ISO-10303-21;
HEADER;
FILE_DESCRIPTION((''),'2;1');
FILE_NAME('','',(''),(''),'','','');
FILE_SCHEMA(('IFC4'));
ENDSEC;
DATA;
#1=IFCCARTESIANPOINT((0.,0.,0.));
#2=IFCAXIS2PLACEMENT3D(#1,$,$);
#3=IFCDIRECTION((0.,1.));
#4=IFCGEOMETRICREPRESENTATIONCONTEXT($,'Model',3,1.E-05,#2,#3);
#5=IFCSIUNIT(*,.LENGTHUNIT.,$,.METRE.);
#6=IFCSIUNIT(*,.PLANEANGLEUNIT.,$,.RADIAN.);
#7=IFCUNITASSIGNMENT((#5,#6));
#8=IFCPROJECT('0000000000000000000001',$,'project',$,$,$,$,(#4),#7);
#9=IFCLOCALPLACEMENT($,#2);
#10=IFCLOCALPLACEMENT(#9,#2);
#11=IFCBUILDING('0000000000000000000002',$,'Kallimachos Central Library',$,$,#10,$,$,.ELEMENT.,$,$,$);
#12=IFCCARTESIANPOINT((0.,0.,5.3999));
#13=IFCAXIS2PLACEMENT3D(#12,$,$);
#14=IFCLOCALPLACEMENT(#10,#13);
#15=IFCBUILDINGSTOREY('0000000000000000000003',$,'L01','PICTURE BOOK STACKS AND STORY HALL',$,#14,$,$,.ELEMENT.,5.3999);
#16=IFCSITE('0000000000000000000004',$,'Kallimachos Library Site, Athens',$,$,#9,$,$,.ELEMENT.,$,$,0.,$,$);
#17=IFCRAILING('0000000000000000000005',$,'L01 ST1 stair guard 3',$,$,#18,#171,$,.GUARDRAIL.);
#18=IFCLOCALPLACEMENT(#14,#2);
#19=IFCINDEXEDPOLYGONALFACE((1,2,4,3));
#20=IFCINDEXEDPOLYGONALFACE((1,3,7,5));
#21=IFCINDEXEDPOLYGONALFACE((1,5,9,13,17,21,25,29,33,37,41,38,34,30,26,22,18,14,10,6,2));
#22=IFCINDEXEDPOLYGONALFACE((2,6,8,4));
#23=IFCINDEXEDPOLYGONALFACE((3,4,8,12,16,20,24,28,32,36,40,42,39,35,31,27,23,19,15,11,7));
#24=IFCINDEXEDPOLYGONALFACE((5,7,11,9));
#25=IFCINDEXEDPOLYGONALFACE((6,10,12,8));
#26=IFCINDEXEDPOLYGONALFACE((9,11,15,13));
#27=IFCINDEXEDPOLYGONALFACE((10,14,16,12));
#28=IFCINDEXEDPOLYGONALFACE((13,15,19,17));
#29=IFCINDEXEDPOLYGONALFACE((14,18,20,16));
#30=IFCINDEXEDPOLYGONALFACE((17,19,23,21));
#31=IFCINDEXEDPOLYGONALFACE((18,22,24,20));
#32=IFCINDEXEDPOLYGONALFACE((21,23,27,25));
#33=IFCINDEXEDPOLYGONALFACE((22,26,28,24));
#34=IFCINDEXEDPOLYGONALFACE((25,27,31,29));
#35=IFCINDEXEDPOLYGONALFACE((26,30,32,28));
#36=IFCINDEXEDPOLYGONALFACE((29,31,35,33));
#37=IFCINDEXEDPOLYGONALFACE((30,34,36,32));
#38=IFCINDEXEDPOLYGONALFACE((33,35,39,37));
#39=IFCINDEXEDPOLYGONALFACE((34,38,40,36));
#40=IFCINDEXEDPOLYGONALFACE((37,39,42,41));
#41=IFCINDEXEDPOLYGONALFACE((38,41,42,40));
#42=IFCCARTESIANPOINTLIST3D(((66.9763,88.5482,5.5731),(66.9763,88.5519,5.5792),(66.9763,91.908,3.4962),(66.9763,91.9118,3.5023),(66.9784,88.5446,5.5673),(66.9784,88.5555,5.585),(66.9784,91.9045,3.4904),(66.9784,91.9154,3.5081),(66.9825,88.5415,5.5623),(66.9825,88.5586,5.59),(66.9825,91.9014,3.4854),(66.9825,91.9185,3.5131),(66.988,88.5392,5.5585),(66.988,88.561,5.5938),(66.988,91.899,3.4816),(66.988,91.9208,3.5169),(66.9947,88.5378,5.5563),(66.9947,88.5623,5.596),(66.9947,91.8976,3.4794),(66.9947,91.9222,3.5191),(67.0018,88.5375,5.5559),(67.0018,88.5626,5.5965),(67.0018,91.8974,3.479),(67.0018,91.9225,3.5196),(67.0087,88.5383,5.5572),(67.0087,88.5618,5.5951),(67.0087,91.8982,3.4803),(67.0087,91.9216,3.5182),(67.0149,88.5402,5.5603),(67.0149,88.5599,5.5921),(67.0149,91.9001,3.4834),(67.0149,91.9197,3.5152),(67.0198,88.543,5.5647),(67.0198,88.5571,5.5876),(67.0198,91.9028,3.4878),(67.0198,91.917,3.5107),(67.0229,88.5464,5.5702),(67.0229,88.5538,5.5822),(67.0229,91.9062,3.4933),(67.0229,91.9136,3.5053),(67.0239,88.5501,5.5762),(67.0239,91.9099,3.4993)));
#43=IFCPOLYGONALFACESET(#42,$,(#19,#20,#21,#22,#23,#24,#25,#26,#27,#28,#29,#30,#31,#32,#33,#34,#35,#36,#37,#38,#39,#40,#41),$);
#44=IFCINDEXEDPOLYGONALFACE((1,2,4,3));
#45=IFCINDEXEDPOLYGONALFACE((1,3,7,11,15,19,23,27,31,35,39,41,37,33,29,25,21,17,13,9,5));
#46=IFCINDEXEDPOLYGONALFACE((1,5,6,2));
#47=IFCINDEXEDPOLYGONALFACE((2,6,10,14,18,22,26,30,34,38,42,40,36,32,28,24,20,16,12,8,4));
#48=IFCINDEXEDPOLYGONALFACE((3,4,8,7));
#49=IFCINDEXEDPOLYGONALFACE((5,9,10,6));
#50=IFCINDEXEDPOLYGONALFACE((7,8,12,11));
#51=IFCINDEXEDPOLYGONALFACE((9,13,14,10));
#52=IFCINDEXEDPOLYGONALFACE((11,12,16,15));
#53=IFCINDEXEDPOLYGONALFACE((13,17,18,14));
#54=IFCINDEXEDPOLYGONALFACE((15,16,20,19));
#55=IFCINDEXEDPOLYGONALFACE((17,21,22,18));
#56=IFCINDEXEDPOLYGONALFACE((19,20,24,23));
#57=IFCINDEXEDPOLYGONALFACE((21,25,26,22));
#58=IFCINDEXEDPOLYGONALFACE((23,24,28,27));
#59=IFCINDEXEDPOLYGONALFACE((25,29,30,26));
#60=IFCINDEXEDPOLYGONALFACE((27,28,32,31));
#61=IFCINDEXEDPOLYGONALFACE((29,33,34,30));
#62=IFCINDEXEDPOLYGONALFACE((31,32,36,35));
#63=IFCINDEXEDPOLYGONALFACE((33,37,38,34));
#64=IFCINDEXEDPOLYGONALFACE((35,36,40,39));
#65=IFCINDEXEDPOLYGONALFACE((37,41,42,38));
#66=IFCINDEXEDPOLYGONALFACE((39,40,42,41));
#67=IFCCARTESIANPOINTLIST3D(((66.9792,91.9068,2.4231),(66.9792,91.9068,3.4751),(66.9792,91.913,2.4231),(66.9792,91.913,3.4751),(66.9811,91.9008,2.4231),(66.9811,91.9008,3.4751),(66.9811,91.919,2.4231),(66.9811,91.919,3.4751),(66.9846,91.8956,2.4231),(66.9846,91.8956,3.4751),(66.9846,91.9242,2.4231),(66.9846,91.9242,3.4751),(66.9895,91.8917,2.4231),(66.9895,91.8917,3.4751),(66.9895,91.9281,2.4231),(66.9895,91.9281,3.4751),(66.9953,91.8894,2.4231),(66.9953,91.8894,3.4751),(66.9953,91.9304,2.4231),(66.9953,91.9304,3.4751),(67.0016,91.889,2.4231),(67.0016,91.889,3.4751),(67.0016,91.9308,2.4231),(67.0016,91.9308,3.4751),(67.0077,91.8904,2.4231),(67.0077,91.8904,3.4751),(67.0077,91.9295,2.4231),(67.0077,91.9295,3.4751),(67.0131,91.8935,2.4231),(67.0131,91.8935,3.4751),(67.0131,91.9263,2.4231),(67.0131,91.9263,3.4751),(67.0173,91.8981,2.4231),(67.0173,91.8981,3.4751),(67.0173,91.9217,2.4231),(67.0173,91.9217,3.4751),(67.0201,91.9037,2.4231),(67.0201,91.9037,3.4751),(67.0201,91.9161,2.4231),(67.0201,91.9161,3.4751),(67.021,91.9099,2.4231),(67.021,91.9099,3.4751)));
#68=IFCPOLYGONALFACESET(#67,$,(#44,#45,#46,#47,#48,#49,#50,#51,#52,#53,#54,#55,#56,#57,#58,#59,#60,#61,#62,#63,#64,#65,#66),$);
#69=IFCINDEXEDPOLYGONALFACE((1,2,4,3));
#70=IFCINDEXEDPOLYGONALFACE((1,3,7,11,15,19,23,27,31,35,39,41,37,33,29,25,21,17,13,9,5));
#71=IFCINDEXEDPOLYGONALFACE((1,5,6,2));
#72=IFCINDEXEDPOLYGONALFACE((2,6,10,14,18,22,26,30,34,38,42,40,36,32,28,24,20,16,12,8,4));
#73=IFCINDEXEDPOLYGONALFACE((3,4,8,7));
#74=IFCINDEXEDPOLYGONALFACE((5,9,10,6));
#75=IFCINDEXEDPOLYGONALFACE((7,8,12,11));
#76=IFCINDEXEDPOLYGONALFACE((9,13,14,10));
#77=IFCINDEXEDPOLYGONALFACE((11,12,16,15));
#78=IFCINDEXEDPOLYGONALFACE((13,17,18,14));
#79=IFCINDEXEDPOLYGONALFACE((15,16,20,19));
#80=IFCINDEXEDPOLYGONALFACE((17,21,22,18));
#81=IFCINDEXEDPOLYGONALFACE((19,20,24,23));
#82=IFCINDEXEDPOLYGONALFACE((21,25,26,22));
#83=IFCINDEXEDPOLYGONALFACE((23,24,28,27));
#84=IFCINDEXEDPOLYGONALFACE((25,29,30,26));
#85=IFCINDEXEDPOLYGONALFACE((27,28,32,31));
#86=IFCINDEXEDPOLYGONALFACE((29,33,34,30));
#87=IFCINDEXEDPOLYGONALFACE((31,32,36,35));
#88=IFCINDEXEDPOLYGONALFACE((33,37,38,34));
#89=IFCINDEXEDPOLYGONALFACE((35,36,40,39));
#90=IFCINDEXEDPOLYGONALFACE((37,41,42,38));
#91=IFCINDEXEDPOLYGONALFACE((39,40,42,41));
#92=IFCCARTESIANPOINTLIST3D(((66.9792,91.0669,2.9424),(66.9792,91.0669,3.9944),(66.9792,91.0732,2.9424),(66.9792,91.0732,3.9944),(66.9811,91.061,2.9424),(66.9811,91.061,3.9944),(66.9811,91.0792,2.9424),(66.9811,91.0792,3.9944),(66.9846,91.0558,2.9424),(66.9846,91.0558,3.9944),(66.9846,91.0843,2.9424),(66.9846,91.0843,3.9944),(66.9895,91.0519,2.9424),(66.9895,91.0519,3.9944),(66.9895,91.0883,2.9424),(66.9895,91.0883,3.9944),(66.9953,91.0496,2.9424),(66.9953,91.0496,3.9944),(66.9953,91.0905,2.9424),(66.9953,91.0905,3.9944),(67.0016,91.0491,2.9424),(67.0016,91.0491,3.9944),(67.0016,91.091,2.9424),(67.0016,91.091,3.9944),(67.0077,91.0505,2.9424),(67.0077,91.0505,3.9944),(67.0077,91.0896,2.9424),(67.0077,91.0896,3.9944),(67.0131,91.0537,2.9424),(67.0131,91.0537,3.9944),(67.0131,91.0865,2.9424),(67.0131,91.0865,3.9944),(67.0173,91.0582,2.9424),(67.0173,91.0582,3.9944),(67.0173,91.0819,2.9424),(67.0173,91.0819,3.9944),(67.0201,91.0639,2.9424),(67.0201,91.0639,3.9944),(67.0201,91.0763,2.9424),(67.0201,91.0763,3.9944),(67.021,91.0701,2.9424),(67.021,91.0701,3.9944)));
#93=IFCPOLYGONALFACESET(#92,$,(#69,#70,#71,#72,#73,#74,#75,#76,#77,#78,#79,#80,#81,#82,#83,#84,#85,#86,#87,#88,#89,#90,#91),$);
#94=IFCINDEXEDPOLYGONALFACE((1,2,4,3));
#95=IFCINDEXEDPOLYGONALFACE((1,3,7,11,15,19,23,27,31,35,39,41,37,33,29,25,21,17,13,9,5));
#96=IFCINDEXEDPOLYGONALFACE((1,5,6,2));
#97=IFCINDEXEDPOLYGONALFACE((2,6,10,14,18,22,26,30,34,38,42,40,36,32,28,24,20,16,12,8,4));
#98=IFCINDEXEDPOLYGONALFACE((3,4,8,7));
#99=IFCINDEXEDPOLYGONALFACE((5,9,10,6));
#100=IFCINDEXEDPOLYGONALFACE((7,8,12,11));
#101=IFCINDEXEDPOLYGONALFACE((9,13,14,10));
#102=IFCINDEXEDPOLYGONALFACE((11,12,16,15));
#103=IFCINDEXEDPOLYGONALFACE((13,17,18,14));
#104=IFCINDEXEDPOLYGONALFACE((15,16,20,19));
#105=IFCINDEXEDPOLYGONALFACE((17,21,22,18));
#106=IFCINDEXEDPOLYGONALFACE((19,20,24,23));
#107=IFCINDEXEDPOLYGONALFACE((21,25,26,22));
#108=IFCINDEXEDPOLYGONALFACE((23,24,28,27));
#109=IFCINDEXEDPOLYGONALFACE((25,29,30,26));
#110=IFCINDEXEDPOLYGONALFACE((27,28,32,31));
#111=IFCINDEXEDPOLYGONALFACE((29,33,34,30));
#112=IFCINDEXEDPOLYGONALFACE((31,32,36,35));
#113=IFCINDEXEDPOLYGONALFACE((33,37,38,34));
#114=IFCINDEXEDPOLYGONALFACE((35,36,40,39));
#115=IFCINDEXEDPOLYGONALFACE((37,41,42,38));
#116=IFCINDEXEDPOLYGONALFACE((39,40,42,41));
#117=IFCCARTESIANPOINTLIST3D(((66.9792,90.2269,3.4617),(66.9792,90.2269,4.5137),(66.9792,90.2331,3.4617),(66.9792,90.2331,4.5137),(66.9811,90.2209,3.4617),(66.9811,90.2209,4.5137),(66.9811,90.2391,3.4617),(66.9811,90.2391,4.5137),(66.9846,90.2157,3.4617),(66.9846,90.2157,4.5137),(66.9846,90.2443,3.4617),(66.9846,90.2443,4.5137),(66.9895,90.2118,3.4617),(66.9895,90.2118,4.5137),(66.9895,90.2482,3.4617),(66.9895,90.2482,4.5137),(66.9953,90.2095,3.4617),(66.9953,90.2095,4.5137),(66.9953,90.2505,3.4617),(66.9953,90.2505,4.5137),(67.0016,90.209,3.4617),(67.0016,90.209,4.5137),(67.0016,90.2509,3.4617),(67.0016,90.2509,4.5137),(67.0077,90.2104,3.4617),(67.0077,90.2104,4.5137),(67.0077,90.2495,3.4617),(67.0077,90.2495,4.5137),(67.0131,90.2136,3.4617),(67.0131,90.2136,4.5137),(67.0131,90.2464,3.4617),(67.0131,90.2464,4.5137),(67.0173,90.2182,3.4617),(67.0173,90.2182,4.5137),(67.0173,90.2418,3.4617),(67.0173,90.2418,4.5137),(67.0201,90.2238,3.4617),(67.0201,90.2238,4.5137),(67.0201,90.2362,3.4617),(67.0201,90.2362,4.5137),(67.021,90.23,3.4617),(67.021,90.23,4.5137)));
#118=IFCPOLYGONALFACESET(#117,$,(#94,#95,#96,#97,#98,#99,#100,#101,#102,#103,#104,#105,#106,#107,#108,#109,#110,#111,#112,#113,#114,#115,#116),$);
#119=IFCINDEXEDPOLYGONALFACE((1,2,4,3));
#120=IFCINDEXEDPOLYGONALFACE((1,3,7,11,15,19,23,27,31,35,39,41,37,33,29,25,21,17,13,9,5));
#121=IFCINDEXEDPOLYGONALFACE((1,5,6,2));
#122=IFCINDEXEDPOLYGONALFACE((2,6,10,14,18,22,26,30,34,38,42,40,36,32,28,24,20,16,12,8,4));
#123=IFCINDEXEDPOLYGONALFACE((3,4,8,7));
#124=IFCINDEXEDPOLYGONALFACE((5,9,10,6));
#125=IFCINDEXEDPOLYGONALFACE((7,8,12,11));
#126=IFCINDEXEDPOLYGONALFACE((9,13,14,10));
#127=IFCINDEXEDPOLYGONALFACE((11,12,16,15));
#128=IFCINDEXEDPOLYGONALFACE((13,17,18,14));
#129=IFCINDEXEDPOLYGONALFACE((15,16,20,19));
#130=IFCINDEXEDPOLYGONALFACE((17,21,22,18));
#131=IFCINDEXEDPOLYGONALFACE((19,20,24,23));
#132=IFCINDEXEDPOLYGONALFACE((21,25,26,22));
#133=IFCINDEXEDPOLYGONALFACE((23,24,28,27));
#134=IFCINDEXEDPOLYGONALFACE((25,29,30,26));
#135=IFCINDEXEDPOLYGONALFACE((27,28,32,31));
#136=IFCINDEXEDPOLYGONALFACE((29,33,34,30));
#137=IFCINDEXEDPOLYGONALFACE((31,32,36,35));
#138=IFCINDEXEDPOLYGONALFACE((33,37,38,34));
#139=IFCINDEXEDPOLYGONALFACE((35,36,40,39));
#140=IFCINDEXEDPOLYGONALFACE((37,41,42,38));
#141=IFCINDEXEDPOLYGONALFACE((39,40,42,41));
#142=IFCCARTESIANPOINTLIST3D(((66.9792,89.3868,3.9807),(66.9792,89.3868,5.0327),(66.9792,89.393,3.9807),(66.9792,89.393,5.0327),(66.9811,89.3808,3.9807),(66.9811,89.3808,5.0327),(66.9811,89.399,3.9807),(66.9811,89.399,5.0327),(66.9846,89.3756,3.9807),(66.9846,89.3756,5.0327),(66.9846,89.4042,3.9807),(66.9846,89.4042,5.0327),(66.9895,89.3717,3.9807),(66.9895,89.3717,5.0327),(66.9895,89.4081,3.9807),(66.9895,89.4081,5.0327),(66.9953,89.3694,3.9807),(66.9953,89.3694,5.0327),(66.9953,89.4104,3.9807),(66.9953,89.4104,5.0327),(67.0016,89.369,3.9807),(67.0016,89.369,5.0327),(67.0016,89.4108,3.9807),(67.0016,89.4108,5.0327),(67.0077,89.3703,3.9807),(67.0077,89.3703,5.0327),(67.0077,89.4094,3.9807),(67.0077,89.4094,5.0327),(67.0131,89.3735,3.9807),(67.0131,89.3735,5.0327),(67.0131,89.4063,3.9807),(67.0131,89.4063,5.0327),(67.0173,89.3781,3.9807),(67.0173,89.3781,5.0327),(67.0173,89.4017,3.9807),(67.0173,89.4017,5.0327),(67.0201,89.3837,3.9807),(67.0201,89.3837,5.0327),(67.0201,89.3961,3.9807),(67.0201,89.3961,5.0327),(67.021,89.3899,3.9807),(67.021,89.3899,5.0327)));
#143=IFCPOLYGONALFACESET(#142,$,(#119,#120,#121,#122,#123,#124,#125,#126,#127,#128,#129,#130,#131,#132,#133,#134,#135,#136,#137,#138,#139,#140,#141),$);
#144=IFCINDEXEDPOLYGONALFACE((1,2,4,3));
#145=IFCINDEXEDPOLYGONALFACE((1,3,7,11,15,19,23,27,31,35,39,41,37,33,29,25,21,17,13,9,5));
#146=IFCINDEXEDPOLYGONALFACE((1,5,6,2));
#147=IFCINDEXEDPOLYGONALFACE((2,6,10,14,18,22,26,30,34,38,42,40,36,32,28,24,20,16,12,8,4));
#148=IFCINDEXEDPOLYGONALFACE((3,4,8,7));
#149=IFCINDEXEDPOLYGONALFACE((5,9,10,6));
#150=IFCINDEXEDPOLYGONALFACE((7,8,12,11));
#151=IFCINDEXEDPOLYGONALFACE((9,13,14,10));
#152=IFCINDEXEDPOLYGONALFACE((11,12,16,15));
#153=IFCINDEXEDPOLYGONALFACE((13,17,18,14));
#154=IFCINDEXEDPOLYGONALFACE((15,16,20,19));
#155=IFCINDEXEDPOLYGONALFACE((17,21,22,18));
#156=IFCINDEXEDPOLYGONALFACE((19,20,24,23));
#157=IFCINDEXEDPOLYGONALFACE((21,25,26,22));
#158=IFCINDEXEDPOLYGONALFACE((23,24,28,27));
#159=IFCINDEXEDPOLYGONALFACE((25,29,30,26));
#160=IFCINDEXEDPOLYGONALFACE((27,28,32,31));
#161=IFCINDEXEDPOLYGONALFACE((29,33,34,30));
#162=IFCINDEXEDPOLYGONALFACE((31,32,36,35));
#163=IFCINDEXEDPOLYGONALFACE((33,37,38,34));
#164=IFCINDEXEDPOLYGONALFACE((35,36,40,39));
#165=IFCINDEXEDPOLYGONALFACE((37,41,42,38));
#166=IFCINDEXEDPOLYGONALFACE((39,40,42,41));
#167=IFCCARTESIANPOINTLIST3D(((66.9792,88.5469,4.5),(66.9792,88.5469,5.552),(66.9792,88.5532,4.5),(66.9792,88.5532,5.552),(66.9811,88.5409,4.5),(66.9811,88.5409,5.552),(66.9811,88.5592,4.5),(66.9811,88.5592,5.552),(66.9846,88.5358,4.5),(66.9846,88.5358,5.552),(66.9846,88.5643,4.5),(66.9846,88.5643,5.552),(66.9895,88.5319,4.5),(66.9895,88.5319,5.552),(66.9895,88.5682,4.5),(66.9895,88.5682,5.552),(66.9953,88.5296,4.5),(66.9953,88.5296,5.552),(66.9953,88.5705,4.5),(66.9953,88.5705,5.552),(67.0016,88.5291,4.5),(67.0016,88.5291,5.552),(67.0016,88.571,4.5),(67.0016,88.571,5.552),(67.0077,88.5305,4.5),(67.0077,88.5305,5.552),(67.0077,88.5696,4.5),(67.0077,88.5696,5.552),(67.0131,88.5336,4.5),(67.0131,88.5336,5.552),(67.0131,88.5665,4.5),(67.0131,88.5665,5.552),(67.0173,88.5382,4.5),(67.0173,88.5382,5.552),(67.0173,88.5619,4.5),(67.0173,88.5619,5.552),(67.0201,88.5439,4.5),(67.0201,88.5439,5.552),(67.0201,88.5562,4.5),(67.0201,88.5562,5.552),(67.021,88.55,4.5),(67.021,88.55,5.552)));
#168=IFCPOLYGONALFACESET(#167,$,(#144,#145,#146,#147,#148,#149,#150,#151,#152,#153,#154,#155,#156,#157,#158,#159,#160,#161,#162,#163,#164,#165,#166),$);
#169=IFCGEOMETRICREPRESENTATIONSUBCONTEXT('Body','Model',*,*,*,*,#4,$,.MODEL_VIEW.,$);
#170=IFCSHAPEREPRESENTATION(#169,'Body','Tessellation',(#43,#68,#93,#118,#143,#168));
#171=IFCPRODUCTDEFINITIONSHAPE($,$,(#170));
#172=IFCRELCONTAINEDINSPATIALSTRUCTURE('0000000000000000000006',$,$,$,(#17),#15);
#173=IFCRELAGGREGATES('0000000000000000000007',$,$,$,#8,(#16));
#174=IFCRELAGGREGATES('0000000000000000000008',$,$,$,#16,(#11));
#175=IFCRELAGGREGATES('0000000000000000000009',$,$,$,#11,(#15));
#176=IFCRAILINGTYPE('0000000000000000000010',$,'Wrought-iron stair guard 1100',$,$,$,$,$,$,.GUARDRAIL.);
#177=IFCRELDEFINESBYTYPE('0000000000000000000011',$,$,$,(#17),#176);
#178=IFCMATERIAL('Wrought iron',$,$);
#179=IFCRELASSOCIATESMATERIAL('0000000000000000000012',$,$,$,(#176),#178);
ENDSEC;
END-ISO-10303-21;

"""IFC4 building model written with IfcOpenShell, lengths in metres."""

from ifc_helpers import new_model, si_unit, direction, frame, origin, origin_2d, place, context, subcontext, project, spatial, circle, extrude, material, type_object, element, save


model = new_model("IFC4")

# Units and contexts
model_context = context("Model", 3, precision=1e-05, world=origin(), true_north=direction((0.0, 1.0)))
body_context = subcontext(model_context, "Body", "Model", "MODEL_VIEW")
ifc_project = project(units=[si_unit("LENGTHUNIT", "METRE"), si_unit("PLANEANGLEUNIT", "RADIAN")], contexts=[model_context])

# Site, building, storey
site_placement = place(None, origin())
site = spatial("IfcSite", under=ifc_project, at=site_placement, Name="Kallimachos Library Site, Athens", CompositionType="ELEMENT", RefElevation=0.0)
building_placement = place(site_placement, origin())
building = spatial("IfcBuilding", under=site, at=building_placement, Name="Kallimachos Central Library", CompositionType="ELEMENT")
storey_placement = place(building_placement, frame((0.0, 0.0, 5.3999)))
storey = spatial("IfcBuildingStorey", under=building, at=storey_placement, Name="L01", Description="PICTURE BOOK STACKS AND STORY HALL", CompositionType="ELEMENT", Elevation=5.3999)

# Railing
ifc_material_1 = material(Name="Wrought iron")
railing_type_1 = type_object("IfcRailingType", Name="Wrought-iron stair guard 1100", PredefinedType="GUARDRAIL", material=ifc_material_1)
railing_1_placement = place(storey_placement, frame((67.0, 91.9099, 2.4231)))
element("IfcRailing", 1, at=railing_1_placement, inside=storey, type_object=railing_type_1, Name="L01 ST1 stair guard 3", PredefinedType="GUARDRAIL", context=body_context, shape_type="SweptSolid", body=[
    extrude(circle(Radius=0.0239, at=origin_2d()), frame((0.0, 0.0, 1.0762), z_axis=(0.0, -0.850606, 0.525803), x_axis=(1.0, 0.0, 0.0)), (0.0, 0.0, 1.0), 3.95),
    extrude(circle(Radius=0.021, at=origin_2d()), origin(), (0.0, 0.0, 1.0), 1.052),
    extrude(circle(Radius=0.021, at=origin_2d()), frame((0.0, -0.8398, 0.5193)), (0.0, 0.0, 1.0), 1.052),
    extrude(circle(Radius=0.021, at=origin_2d()), frame((0.0, -1.6799, 1.0386)), (0.0, 0.0, 1.0), 1.052),
    extrude(circle(Radius=0.021, at=origin_2d()), frame((0.0, -2.52, 1.5576)), (0.0, 0.0, 1.0), 1.052),
    extrude(circle(Radius=0.021, at=origin_2d()), frame((0.0, -3.3599, 2.0769)), (0.0, 0.0, 1.0), 1.052),
])

save(model, "model.ifc")
